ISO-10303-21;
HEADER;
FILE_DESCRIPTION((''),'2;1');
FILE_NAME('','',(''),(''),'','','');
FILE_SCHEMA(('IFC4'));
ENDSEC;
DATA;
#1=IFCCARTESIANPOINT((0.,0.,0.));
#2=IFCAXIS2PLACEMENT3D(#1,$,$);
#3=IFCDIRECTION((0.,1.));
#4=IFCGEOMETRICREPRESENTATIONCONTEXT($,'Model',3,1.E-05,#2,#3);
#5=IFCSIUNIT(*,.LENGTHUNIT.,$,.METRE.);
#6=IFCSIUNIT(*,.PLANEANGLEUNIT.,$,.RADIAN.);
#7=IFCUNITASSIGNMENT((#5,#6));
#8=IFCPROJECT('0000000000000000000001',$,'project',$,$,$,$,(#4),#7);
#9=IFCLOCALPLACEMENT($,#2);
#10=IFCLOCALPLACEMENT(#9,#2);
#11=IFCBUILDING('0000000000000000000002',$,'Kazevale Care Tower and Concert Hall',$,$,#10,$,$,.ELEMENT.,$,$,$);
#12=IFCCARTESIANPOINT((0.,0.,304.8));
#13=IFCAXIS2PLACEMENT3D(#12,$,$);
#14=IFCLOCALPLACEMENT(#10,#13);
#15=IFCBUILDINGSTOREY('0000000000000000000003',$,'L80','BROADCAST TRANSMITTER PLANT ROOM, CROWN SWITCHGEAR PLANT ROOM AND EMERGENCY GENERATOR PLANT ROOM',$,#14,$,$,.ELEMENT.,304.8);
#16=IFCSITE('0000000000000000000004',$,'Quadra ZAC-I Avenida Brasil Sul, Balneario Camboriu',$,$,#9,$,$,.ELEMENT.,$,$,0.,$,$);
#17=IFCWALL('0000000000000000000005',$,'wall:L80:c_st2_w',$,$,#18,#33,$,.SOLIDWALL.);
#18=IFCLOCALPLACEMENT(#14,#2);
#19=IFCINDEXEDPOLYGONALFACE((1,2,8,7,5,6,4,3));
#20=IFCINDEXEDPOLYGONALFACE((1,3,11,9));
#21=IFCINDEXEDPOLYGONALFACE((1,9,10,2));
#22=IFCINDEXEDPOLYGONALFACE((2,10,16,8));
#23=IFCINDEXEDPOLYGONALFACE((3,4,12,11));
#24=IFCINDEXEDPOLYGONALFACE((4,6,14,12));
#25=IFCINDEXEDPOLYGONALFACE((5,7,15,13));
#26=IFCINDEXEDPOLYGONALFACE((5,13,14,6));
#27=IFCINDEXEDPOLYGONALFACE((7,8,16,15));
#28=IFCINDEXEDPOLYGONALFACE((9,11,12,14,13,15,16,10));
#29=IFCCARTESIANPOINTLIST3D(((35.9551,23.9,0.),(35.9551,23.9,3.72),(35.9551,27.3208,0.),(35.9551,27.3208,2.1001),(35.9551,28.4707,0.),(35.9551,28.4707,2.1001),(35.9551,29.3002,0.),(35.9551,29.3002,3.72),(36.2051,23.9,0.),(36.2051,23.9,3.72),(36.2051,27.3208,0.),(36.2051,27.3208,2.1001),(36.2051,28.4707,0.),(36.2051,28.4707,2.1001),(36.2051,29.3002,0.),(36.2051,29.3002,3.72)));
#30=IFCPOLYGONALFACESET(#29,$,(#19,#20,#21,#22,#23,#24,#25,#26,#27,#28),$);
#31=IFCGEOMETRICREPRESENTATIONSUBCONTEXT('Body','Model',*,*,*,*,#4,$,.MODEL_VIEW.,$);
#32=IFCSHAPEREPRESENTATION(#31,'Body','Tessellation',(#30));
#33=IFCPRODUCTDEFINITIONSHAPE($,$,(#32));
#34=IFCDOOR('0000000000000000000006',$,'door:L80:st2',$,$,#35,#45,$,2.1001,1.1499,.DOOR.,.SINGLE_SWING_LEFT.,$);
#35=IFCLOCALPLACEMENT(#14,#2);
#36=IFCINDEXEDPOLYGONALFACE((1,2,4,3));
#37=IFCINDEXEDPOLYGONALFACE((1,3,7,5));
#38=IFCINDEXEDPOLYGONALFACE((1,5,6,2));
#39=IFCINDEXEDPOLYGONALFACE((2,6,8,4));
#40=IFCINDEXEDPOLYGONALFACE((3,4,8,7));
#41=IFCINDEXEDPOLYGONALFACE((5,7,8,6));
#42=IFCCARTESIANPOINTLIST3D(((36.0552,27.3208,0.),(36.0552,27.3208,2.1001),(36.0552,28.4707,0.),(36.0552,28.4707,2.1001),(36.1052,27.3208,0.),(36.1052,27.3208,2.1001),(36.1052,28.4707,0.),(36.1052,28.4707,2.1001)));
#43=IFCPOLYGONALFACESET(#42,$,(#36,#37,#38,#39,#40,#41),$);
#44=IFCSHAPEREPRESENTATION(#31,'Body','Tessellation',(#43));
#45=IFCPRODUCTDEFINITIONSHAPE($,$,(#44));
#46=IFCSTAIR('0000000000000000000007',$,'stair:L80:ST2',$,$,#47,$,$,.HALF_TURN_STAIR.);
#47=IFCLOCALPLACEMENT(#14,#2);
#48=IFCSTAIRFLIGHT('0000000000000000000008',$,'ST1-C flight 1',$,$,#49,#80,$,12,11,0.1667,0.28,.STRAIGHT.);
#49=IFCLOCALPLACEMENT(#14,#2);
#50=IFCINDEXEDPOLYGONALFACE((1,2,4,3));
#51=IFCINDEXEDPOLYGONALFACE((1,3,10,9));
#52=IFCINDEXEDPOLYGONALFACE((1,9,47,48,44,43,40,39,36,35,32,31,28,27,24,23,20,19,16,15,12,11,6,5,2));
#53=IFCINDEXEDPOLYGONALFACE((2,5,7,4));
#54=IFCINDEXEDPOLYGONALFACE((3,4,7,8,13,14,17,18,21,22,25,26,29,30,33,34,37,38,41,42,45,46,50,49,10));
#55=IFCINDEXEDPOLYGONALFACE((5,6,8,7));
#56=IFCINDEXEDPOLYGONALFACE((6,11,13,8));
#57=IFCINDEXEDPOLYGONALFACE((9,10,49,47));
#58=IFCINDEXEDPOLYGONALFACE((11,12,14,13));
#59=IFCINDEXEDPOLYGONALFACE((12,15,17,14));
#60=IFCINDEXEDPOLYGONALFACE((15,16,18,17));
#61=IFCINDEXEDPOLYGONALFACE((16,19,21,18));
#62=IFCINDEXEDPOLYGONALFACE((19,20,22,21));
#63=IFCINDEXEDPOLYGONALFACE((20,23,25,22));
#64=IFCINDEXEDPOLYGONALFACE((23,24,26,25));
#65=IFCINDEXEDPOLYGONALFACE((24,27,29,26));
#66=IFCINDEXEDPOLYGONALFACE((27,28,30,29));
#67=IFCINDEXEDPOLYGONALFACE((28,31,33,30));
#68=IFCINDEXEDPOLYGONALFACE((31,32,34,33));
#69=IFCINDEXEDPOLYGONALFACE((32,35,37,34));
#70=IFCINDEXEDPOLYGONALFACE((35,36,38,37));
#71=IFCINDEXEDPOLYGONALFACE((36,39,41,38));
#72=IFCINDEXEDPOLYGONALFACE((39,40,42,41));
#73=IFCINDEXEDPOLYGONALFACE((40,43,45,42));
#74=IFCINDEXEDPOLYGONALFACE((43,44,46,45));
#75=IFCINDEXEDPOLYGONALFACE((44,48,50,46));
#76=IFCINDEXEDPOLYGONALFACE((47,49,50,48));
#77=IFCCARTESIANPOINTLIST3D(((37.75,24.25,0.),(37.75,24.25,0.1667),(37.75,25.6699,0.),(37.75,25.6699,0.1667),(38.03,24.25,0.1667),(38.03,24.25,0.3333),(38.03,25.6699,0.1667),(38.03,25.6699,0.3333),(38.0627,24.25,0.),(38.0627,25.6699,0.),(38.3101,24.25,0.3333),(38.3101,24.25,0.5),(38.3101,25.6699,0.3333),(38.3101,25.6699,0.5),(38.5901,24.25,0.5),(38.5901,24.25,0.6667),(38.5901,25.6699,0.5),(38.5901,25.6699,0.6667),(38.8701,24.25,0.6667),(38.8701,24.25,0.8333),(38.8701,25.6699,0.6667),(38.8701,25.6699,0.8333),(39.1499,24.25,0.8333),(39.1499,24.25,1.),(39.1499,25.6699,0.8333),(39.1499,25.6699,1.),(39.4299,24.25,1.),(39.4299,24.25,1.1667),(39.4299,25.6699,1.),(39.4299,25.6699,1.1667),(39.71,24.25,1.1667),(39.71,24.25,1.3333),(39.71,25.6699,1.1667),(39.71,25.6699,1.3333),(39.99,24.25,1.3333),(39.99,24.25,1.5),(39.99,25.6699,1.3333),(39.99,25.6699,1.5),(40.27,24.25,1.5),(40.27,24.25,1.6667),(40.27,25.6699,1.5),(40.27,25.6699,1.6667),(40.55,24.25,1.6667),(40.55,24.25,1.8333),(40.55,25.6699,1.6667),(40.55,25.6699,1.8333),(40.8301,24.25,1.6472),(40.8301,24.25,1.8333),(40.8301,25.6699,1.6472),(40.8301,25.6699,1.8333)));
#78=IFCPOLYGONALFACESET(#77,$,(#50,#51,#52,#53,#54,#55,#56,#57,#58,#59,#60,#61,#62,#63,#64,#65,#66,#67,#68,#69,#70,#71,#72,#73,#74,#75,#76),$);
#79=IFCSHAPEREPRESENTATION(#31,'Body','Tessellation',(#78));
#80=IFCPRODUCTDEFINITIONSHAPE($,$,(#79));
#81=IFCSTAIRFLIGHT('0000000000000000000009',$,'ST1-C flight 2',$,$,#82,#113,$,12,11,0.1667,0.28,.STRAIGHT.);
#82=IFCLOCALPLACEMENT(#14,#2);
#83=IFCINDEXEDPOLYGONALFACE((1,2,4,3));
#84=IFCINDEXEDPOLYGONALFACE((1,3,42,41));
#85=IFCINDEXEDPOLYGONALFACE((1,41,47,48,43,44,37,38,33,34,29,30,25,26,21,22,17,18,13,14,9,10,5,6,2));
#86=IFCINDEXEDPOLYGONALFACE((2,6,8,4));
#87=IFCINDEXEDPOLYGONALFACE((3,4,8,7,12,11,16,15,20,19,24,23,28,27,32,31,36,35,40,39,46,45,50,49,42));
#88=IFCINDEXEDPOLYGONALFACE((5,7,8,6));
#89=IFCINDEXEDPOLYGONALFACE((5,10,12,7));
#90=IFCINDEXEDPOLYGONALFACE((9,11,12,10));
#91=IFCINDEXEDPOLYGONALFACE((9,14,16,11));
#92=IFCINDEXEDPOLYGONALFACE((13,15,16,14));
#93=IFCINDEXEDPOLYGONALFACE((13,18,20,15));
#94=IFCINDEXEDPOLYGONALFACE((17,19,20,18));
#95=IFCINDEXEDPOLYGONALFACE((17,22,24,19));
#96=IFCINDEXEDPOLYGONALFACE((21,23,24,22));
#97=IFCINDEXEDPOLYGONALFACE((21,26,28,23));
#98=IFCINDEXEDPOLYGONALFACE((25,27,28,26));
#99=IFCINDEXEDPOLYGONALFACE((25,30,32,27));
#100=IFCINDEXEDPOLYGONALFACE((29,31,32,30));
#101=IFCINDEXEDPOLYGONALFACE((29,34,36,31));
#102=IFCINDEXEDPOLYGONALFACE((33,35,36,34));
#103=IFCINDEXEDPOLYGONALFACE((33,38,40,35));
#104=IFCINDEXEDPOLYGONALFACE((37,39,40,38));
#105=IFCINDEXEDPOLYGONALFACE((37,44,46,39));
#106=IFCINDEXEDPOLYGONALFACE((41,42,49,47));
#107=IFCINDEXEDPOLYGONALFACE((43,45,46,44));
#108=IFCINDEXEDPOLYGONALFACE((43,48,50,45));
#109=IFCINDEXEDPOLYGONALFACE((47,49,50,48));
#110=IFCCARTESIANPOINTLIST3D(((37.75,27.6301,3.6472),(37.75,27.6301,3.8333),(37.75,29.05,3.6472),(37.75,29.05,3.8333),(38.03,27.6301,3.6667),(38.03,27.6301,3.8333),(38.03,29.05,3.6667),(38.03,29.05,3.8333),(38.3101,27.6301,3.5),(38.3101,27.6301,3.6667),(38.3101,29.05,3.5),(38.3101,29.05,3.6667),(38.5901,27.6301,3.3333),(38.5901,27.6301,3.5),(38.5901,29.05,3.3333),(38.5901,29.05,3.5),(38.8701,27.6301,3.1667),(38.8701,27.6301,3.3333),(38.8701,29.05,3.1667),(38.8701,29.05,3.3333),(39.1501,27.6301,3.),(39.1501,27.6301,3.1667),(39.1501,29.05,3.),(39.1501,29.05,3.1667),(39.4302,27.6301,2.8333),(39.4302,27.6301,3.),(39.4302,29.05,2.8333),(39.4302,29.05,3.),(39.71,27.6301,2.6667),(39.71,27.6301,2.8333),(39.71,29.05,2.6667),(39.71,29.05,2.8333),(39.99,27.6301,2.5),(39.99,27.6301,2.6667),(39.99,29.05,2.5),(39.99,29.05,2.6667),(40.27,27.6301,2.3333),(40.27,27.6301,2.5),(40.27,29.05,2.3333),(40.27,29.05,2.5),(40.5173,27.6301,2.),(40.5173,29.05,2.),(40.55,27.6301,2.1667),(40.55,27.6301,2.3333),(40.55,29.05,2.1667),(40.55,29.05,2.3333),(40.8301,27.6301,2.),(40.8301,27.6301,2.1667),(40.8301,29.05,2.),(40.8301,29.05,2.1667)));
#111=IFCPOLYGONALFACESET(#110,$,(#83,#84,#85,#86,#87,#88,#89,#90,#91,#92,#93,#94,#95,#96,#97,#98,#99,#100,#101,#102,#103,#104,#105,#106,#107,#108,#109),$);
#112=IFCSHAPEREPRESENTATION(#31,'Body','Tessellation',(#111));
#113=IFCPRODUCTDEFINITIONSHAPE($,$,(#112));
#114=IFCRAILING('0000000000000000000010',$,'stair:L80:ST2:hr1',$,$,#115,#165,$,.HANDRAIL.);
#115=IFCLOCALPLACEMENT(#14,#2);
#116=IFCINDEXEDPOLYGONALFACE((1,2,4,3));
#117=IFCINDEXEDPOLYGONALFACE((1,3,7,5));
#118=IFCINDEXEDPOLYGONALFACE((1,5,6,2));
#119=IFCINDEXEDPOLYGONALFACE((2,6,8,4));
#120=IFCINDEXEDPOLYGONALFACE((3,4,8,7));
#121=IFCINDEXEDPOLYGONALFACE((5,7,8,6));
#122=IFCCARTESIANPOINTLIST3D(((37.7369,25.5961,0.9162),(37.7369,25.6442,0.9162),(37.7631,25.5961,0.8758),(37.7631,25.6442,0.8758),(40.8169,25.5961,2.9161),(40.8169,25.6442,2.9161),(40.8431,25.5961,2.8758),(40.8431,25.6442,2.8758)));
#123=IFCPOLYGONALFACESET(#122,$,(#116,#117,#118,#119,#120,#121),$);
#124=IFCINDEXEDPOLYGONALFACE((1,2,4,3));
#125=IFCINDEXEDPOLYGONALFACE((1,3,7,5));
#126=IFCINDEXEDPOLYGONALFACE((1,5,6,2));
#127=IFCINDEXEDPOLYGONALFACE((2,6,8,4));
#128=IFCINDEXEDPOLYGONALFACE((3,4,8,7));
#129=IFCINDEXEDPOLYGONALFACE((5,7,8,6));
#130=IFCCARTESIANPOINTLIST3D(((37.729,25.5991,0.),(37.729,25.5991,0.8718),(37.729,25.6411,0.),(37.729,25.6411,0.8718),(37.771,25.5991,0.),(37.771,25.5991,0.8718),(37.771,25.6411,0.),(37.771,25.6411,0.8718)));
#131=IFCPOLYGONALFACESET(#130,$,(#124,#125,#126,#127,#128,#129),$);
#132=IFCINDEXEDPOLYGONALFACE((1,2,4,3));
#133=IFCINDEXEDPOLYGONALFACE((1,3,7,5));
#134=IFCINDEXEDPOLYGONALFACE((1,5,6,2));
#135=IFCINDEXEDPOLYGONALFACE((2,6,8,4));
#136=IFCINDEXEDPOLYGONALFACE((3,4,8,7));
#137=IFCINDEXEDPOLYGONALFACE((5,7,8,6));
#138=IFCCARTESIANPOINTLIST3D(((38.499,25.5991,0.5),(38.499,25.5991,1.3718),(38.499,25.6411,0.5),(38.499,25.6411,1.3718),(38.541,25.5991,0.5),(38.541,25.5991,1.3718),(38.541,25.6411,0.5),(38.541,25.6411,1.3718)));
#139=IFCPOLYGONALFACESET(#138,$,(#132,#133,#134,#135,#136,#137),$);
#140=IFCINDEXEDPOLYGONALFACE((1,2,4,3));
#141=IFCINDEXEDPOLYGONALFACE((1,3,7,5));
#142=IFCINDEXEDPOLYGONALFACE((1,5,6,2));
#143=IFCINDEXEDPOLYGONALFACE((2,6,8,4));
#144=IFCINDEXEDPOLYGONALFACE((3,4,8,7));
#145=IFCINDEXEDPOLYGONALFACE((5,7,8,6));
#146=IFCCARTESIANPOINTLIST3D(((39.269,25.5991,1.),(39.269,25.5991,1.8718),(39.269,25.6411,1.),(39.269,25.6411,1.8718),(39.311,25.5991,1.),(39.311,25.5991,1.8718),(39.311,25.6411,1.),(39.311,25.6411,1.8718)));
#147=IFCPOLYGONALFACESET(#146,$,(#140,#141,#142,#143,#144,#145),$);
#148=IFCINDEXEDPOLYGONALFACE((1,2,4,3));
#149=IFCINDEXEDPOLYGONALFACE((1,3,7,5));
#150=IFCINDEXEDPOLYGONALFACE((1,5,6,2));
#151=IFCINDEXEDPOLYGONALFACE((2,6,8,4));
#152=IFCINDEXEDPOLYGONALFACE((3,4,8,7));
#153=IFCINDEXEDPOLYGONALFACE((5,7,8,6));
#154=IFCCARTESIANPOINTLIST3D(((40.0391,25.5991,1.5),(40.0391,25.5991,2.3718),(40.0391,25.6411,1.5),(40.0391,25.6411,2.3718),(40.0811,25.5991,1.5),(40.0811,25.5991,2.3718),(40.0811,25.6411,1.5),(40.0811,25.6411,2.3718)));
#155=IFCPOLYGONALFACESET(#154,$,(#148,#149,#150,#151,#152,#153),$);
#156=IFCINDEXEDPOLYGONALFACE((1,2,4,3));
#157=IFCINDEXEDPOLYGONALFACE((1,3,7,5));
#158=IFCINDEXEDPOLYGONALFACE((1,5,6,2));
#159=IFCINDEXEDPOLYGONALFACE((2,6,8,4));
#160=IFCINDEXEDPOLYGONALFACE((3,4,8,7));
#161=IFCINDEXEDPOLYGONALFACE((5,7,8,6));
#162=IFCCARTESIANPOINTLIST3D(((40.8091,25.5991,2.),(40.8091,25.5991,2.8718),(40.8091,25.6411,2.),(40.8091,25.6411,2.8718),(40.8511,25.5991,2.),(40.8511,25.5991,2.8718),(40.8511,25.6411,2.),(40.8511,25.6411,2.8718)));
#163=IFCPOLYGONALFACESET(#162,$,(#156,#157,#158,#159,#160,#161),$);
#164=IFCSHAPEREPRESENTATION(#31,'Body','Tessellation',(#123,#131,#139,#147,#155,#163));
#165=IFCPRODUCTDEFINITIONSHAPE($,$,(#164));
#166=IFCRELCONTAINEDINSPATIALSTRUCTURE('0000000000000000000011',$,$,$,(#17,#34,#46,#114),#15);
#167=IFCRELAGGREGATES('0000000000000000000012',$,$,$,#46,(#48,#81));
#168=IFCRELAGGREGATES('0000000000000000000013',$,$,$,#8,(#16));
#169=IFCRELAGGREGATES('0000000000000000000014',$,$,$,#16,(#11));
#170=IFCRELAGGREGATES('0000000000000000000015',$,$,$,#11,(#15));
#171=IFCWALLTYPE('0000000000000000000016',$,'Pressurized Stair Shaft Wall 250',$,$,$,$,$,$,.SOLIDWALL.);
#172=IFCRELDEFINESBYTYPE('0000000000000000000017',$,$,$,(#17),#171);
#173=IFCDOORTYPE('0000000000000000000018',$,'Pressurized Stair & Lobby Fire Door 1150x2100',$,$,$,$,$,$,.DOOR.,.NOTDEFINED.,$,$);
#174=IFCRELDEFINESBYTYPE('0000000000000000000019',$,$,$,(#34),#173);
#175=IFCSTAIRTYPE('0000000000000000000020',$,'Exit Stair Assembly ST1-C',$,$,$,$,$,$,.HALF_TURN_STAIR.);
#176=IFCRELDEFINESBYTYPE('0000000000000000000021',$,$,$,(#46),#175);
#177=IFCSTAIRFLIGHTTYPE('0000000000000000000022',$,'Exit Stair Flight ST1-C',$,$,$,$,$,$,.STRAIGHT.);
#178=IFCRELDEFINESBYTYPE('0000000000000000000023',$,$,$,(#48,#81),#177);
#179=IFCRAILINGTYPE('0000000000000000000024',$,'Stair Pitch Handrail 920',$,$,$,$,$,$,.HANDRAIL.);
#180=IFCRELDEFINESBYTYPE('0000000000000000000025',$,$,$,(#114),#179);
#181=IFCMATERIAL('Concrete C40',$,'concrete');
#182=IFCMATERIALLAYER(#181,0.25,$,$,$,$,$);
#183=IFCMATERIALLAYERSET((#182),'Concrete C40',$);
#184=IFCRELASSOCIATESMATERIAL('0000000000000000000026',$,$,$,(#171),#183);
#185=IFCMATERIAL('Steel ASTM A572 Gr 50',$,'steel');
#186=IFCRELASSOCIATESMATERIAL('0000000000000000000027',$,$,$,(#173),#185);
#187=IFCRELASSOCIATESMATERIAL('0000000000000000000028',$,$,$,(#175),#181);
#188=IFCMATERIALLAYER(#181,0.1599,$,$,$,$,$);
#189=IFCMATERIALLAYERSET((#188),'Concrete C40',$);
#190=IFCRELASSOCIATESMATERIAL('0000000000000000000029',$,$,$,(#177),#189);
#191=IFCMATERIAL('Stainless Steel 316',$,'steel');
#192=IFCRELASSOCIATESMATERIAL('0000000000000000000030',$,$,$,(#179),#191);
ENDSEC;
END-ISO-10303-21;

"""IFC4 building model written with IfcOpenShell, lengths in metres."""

from ifc_helpers import new_model, si_unit, direction, frame, frame_2d, origin, origin_2d, place, context, subcontext, project, spatial, polyline, rectangle, outline, extrude, material, layer, layer_set, type_object, element, fill, aggregate, save


model = new_model("IFC4")

# Units and contexts
model_context = context("Model", 3, precision=1e-05, world=origin(), true_north=direction((0.0, 1.0)))
body_context = subcontext(model_context, "Body", "Model", "MODEL_VIEW")
ifc_project = project(units=[si_unit("LENGTHUNIT", "METRE"), si_unit("PLANEANGLEUNIT", "RADIAN")], contexts=[model_context])

# Site, building, storey
site_placement = place(None, origin())
site = spatial("IfcSite", under=ifc_project, at=site_placement, Name="Quadra ZAC-I Avenida Brasil Sul, Balneario Camboriu", CompositionType="ELEMENT", RefElevation=0.0)
building_placement = place(site_placement, origin())
building = spatial("IfcBuilding", under=site, at=building_placement, Name="Kazevale Care Tower and Concert Hall", CompositionType="ELEMENT")
storey_placement = place(building_placement, frame((0.0, 0.0, 304.8)))
storey = spatial("IfcBuildingStorey", under=building, at=storey_placement, Name="L80", Description="BROADCAST TRANSMITTER PLANT ROOM, CROWN SWITCHGEAR PLANT ROOM AND EMERGENCY GENERATOR PLANT ROOM", CompositionType="ELEMENT", Elevation=304.8)

# Shared definitions
ifc_material_1 = material(Name="Steel ASTM A572 Gr 50", Category="steel")

# Shared definitions
ifc_material_2 = material(Name="Concrete C40", Category="concrete")

# Wall, opening, door
ifc_layer_1 = layer(ifc_material_2, 0.25)
ifc_layer_set_1 = layer_set([ifc_layer_1], Name="Concrete C40")
wall_type_1 = type_object("IfcWallType", Name="Pressurized Stair Shaft Wall 250", PredefinedType="SOLIDWALL", material=ifc_layer_set_1)
wall_1_placement = place(storey_placement, frame((36.0801, 23.8999, 0.0), z_axis=(0.0, 0.0, 1.0), x_axis=(0.0, 1.0, 0.0)))
wall_1 = element("IfcWall", 1, at=wall_1_placement, inside=storey, type_object=wall_type_1, Name="wall:L80:c_st2_w", PredefinedType="SOLIDWALL", context=body_context, shape_type="SweptSolid", body=[
    extrude(rectangle(XDim=5.4001, YDim=0.25, at=frame_2d((2.7002, 0.0))), origin(), (0.0, 0.0, 1.0), 3.72),
])
opening_1_placement = place(wall_1_placement, frame((3.4209, 0.0, 0.0)))
opening_1 = element("IfcOpeningElement", 2, at=opening_1_placement, cuts=wall_1, PredefinedType="OPENING", context=body_context, shape_type="SweptSolid", body=[
    extrude(rectangle(XDim=1.1499, YDim=2.1001, at=frame_2d((0.575, 1.05))), frame((0.0, 0.135, 0.0), z_axis=(0.0, -1.0, 0.0), x_axis=(1.0, 0.0, 0.0)), (0.0, 0.0, 1.0), 0.27),
])
door_type_1 = type_object("IfcDoorType", Name="Pressurized Stair & Lobby Fire Door 1150x2100", OperationType="NOTDEFINED", PredefinedType="DOOR", material=ifc_material_1)
door_1_placement = place(opening_1_placement, origin())
door_1 = element("IfcDoor", 3, at=door_1_placement, inside=storey, type_object=door_type_1, Name="door:L80:st2", OperationType="SINGLE_SWING_LEFT", OverallHeight=2.1001, OverallWidth=1.1499, PredefinedType="DOOR", context=body_context, shape_type="SweptSolid", body=[
    extrude(rectangle(XDim=1.1499, YDim=2.1001, at=frame_2d((0.575, 1.05))), frame((0.0, 0.0249, 0.0), z_axis=(0.0, -1.0, 0.0), x_axis=(1.0, 0.0, 0.0)), (0.0, 0.0, 1.0), 0.05),
])
fill(opening_1, door_1)

# Stair, stair flights
stair_type = type_object("IfcStairType", Name="Exit Stair Assembly ST1-C", PredefinedType="HALF_TURN_STAIR", material=ifc_material_2)
stair_placement = place(storey_placement, origin())
stair = element("IfcStair", 4, at=stair_placement, inside=storey, type_object=stair_type, Name="stair:L80:ST2", PredefinedType="HALF_TURN_STAIR")
ifc_layer_2 = layer(ifc_material_2, 0.1599)
ifc_layer_set_2 = layer_set([ifc_layer_2], Name="Concrete C40")
stair_flight_type = type_object("IfcStairFlightType", Name="Exit Stair Flight ST1-C", PredefinedType="STRAIGHT", material=ifc_layer_set_2)
stair_flight_1_placement = place(storey_placement, frame((37.75, 24.96, 0.0), z_axis=(0.0, 0.0, 1.0), x_axis=(1.0, 0.0, 0.0)))
stair_flight_1 = element("IfcStairFlight", 5, at=stair_flight_1_placement, type_object=stair_flight_type, Name="ST1-C flight 1", NumberOfRisers=12, NumberOfTreads=11, PredefinedType="STRAIGHT", RiserHeight=0.1667, TreadLength=0.28, context=body_context, shape_type="SweptSolid", body=[
    extrude(outline(polyline([(0.0, 0.0), (0.0, 0.1667), (0.28, 0.1667), (0.28, 0.3333), (0.5601, 0.3333), (0.5601, 0.5), (0.8401, 0.5), (0.8401, 0.6667), (1.1201, 0.6667), (1.1201, 0.8333), (1.3999, 0.8333), (1.3999, 1.0), (1.6799, 1.0), (1.6799, 1.1667), (1.96, 1.1667), (1.96, 1.3333), (2.24, 1.3333), (2.24, 1.5), (2.52, 1.5), (2.52, 1.6667), (2.8, 1.6667), (2.8, 1.8333), (3.0801, 1.8333), (3.0801, 2.0), (3.0801, 1.6472), (0.3127, 0.0), (0.0, 0.0)])), frame((0.0, 0.71, 0.0), z_axis=(0.0, -1.0, 0.0), x_axis=(1.0, 0.0, 0.0)), (0.0, 0.0, 1.0), 1.4199),
])
stair_flight_2_placement = place(storey_placement, frame((40.8301, 28.3401, 2.0), z_axis=(0.0, 0.0, 1.0), x_axis=(-1.0, 0.0, 0.0)))
stair_flight_2 = element("IfcStairFlight", 6, at=stair_flight_2_placement, type_object=stair_flight_type, Name="ST1-C flight 2", NumberOfRisers=12, NumberOfTreads=11, PredefinedType="STRAIGHT", RiserHeight=0.1667, TreadLength=0.28, context=body_context, shape_type="SweptSolid", body=[
    extrude(outline(polyline([(0.0, 0.0), (0.0, 0.1667), (0.28, 0.1667), (0.28, 0.3333), (0.5601, 0.3333), (0.5601, 0.5), (0.8401, 0.5), (0.8401, 0.6667), (1.1201, 0.6667), (1.1201, 0.8333), (1.3999, 0.8333), (1.3999, 1.0), (1.6799, 1.0), (1.6799, 1.1667), (1.96, 1.1667), (1.96, 1.3333), (2.24, 1.3333), (2.24, 1.5), (2.52, 1.5), (2.52, 1.6667), (2.8, 1.6667), (2.8, 1.8333), (3.0801, 1.8333), (3.0801, 2.0), (3.0801, 1.6472), (0.3127, 0.0), (0.0, 0.0)])), frame((0.0, 0.71, 0.0), z_axis=(0.0, -1.0, 0.0), x_axis=(1.0, 0.0, 0.0)), (0.0, 0.0, 1.0), 1.4199),
])
aggregate(stair, [stair_flight_1, stair_flight_2])

# Railing
ifc_material_3 = material(Name="Stainless Steel 316", Category="steel")
railing_type_1 = type_object("IfcRailingType", Name="Stair Pitch Handrail 920", PredefinedType="HANDRAIL", material=ifc_material_3)
railing_1_placement = place(storey_placement, frame((37.75, 25.6201, 0.0)))
element("IfcRailing", 7, at=railing_1_placement, inside=storey, type_object=railing_type_1, Name="stair:L80:ST2:hr1", PredefinedType="HANDRAIL", context=body_context, shape_type="SweptSolid", body=[
    extrude(rectangle(XDim=0.0481, YDim=0.0481, at=origin_2d()), frame((0.0, 0.0, 0.896), z_axis=(0.838699, 0.0, 0.544596), x_axis=(0.0, 1.0, 0.0)), (0.0, 0.0, 1.0), 3.6724),
    extrude(rectangle(XDim=0.042, YDim=0.042, at=origin_2d()), origin(), (0.0, 0.0, 1.0), 0.8718),
    extrude(rectangle(XDim=0.042, YDim=0.042, at=origin_2d()), frame((0.77, 0.0, 0.5)), (0.0, 0.0, 1.0), 0.8718),
    extrude(rectangle(XDim=0.042, YDim=0.042, at=origin_2d()), frame((1.54, 0.0, 1.0)), (0.0, 0.0, 1.0), 0.8718),
    extrude(rectangle(XDim=0.042, YDim=0.042, at=origin_2d()), frame((2.3101, 0.0, 1.5)), (0.0, 0.0, 1.0), 0.8718),
    extrude(rectangle(XDim=0.042, YDim=0.042, at=origin_2d()), frame((3.0801, 0.0, 2.0)), (0.0, 0.0, 1.0), 0.8718),
])

save(model, "model.ifc")
